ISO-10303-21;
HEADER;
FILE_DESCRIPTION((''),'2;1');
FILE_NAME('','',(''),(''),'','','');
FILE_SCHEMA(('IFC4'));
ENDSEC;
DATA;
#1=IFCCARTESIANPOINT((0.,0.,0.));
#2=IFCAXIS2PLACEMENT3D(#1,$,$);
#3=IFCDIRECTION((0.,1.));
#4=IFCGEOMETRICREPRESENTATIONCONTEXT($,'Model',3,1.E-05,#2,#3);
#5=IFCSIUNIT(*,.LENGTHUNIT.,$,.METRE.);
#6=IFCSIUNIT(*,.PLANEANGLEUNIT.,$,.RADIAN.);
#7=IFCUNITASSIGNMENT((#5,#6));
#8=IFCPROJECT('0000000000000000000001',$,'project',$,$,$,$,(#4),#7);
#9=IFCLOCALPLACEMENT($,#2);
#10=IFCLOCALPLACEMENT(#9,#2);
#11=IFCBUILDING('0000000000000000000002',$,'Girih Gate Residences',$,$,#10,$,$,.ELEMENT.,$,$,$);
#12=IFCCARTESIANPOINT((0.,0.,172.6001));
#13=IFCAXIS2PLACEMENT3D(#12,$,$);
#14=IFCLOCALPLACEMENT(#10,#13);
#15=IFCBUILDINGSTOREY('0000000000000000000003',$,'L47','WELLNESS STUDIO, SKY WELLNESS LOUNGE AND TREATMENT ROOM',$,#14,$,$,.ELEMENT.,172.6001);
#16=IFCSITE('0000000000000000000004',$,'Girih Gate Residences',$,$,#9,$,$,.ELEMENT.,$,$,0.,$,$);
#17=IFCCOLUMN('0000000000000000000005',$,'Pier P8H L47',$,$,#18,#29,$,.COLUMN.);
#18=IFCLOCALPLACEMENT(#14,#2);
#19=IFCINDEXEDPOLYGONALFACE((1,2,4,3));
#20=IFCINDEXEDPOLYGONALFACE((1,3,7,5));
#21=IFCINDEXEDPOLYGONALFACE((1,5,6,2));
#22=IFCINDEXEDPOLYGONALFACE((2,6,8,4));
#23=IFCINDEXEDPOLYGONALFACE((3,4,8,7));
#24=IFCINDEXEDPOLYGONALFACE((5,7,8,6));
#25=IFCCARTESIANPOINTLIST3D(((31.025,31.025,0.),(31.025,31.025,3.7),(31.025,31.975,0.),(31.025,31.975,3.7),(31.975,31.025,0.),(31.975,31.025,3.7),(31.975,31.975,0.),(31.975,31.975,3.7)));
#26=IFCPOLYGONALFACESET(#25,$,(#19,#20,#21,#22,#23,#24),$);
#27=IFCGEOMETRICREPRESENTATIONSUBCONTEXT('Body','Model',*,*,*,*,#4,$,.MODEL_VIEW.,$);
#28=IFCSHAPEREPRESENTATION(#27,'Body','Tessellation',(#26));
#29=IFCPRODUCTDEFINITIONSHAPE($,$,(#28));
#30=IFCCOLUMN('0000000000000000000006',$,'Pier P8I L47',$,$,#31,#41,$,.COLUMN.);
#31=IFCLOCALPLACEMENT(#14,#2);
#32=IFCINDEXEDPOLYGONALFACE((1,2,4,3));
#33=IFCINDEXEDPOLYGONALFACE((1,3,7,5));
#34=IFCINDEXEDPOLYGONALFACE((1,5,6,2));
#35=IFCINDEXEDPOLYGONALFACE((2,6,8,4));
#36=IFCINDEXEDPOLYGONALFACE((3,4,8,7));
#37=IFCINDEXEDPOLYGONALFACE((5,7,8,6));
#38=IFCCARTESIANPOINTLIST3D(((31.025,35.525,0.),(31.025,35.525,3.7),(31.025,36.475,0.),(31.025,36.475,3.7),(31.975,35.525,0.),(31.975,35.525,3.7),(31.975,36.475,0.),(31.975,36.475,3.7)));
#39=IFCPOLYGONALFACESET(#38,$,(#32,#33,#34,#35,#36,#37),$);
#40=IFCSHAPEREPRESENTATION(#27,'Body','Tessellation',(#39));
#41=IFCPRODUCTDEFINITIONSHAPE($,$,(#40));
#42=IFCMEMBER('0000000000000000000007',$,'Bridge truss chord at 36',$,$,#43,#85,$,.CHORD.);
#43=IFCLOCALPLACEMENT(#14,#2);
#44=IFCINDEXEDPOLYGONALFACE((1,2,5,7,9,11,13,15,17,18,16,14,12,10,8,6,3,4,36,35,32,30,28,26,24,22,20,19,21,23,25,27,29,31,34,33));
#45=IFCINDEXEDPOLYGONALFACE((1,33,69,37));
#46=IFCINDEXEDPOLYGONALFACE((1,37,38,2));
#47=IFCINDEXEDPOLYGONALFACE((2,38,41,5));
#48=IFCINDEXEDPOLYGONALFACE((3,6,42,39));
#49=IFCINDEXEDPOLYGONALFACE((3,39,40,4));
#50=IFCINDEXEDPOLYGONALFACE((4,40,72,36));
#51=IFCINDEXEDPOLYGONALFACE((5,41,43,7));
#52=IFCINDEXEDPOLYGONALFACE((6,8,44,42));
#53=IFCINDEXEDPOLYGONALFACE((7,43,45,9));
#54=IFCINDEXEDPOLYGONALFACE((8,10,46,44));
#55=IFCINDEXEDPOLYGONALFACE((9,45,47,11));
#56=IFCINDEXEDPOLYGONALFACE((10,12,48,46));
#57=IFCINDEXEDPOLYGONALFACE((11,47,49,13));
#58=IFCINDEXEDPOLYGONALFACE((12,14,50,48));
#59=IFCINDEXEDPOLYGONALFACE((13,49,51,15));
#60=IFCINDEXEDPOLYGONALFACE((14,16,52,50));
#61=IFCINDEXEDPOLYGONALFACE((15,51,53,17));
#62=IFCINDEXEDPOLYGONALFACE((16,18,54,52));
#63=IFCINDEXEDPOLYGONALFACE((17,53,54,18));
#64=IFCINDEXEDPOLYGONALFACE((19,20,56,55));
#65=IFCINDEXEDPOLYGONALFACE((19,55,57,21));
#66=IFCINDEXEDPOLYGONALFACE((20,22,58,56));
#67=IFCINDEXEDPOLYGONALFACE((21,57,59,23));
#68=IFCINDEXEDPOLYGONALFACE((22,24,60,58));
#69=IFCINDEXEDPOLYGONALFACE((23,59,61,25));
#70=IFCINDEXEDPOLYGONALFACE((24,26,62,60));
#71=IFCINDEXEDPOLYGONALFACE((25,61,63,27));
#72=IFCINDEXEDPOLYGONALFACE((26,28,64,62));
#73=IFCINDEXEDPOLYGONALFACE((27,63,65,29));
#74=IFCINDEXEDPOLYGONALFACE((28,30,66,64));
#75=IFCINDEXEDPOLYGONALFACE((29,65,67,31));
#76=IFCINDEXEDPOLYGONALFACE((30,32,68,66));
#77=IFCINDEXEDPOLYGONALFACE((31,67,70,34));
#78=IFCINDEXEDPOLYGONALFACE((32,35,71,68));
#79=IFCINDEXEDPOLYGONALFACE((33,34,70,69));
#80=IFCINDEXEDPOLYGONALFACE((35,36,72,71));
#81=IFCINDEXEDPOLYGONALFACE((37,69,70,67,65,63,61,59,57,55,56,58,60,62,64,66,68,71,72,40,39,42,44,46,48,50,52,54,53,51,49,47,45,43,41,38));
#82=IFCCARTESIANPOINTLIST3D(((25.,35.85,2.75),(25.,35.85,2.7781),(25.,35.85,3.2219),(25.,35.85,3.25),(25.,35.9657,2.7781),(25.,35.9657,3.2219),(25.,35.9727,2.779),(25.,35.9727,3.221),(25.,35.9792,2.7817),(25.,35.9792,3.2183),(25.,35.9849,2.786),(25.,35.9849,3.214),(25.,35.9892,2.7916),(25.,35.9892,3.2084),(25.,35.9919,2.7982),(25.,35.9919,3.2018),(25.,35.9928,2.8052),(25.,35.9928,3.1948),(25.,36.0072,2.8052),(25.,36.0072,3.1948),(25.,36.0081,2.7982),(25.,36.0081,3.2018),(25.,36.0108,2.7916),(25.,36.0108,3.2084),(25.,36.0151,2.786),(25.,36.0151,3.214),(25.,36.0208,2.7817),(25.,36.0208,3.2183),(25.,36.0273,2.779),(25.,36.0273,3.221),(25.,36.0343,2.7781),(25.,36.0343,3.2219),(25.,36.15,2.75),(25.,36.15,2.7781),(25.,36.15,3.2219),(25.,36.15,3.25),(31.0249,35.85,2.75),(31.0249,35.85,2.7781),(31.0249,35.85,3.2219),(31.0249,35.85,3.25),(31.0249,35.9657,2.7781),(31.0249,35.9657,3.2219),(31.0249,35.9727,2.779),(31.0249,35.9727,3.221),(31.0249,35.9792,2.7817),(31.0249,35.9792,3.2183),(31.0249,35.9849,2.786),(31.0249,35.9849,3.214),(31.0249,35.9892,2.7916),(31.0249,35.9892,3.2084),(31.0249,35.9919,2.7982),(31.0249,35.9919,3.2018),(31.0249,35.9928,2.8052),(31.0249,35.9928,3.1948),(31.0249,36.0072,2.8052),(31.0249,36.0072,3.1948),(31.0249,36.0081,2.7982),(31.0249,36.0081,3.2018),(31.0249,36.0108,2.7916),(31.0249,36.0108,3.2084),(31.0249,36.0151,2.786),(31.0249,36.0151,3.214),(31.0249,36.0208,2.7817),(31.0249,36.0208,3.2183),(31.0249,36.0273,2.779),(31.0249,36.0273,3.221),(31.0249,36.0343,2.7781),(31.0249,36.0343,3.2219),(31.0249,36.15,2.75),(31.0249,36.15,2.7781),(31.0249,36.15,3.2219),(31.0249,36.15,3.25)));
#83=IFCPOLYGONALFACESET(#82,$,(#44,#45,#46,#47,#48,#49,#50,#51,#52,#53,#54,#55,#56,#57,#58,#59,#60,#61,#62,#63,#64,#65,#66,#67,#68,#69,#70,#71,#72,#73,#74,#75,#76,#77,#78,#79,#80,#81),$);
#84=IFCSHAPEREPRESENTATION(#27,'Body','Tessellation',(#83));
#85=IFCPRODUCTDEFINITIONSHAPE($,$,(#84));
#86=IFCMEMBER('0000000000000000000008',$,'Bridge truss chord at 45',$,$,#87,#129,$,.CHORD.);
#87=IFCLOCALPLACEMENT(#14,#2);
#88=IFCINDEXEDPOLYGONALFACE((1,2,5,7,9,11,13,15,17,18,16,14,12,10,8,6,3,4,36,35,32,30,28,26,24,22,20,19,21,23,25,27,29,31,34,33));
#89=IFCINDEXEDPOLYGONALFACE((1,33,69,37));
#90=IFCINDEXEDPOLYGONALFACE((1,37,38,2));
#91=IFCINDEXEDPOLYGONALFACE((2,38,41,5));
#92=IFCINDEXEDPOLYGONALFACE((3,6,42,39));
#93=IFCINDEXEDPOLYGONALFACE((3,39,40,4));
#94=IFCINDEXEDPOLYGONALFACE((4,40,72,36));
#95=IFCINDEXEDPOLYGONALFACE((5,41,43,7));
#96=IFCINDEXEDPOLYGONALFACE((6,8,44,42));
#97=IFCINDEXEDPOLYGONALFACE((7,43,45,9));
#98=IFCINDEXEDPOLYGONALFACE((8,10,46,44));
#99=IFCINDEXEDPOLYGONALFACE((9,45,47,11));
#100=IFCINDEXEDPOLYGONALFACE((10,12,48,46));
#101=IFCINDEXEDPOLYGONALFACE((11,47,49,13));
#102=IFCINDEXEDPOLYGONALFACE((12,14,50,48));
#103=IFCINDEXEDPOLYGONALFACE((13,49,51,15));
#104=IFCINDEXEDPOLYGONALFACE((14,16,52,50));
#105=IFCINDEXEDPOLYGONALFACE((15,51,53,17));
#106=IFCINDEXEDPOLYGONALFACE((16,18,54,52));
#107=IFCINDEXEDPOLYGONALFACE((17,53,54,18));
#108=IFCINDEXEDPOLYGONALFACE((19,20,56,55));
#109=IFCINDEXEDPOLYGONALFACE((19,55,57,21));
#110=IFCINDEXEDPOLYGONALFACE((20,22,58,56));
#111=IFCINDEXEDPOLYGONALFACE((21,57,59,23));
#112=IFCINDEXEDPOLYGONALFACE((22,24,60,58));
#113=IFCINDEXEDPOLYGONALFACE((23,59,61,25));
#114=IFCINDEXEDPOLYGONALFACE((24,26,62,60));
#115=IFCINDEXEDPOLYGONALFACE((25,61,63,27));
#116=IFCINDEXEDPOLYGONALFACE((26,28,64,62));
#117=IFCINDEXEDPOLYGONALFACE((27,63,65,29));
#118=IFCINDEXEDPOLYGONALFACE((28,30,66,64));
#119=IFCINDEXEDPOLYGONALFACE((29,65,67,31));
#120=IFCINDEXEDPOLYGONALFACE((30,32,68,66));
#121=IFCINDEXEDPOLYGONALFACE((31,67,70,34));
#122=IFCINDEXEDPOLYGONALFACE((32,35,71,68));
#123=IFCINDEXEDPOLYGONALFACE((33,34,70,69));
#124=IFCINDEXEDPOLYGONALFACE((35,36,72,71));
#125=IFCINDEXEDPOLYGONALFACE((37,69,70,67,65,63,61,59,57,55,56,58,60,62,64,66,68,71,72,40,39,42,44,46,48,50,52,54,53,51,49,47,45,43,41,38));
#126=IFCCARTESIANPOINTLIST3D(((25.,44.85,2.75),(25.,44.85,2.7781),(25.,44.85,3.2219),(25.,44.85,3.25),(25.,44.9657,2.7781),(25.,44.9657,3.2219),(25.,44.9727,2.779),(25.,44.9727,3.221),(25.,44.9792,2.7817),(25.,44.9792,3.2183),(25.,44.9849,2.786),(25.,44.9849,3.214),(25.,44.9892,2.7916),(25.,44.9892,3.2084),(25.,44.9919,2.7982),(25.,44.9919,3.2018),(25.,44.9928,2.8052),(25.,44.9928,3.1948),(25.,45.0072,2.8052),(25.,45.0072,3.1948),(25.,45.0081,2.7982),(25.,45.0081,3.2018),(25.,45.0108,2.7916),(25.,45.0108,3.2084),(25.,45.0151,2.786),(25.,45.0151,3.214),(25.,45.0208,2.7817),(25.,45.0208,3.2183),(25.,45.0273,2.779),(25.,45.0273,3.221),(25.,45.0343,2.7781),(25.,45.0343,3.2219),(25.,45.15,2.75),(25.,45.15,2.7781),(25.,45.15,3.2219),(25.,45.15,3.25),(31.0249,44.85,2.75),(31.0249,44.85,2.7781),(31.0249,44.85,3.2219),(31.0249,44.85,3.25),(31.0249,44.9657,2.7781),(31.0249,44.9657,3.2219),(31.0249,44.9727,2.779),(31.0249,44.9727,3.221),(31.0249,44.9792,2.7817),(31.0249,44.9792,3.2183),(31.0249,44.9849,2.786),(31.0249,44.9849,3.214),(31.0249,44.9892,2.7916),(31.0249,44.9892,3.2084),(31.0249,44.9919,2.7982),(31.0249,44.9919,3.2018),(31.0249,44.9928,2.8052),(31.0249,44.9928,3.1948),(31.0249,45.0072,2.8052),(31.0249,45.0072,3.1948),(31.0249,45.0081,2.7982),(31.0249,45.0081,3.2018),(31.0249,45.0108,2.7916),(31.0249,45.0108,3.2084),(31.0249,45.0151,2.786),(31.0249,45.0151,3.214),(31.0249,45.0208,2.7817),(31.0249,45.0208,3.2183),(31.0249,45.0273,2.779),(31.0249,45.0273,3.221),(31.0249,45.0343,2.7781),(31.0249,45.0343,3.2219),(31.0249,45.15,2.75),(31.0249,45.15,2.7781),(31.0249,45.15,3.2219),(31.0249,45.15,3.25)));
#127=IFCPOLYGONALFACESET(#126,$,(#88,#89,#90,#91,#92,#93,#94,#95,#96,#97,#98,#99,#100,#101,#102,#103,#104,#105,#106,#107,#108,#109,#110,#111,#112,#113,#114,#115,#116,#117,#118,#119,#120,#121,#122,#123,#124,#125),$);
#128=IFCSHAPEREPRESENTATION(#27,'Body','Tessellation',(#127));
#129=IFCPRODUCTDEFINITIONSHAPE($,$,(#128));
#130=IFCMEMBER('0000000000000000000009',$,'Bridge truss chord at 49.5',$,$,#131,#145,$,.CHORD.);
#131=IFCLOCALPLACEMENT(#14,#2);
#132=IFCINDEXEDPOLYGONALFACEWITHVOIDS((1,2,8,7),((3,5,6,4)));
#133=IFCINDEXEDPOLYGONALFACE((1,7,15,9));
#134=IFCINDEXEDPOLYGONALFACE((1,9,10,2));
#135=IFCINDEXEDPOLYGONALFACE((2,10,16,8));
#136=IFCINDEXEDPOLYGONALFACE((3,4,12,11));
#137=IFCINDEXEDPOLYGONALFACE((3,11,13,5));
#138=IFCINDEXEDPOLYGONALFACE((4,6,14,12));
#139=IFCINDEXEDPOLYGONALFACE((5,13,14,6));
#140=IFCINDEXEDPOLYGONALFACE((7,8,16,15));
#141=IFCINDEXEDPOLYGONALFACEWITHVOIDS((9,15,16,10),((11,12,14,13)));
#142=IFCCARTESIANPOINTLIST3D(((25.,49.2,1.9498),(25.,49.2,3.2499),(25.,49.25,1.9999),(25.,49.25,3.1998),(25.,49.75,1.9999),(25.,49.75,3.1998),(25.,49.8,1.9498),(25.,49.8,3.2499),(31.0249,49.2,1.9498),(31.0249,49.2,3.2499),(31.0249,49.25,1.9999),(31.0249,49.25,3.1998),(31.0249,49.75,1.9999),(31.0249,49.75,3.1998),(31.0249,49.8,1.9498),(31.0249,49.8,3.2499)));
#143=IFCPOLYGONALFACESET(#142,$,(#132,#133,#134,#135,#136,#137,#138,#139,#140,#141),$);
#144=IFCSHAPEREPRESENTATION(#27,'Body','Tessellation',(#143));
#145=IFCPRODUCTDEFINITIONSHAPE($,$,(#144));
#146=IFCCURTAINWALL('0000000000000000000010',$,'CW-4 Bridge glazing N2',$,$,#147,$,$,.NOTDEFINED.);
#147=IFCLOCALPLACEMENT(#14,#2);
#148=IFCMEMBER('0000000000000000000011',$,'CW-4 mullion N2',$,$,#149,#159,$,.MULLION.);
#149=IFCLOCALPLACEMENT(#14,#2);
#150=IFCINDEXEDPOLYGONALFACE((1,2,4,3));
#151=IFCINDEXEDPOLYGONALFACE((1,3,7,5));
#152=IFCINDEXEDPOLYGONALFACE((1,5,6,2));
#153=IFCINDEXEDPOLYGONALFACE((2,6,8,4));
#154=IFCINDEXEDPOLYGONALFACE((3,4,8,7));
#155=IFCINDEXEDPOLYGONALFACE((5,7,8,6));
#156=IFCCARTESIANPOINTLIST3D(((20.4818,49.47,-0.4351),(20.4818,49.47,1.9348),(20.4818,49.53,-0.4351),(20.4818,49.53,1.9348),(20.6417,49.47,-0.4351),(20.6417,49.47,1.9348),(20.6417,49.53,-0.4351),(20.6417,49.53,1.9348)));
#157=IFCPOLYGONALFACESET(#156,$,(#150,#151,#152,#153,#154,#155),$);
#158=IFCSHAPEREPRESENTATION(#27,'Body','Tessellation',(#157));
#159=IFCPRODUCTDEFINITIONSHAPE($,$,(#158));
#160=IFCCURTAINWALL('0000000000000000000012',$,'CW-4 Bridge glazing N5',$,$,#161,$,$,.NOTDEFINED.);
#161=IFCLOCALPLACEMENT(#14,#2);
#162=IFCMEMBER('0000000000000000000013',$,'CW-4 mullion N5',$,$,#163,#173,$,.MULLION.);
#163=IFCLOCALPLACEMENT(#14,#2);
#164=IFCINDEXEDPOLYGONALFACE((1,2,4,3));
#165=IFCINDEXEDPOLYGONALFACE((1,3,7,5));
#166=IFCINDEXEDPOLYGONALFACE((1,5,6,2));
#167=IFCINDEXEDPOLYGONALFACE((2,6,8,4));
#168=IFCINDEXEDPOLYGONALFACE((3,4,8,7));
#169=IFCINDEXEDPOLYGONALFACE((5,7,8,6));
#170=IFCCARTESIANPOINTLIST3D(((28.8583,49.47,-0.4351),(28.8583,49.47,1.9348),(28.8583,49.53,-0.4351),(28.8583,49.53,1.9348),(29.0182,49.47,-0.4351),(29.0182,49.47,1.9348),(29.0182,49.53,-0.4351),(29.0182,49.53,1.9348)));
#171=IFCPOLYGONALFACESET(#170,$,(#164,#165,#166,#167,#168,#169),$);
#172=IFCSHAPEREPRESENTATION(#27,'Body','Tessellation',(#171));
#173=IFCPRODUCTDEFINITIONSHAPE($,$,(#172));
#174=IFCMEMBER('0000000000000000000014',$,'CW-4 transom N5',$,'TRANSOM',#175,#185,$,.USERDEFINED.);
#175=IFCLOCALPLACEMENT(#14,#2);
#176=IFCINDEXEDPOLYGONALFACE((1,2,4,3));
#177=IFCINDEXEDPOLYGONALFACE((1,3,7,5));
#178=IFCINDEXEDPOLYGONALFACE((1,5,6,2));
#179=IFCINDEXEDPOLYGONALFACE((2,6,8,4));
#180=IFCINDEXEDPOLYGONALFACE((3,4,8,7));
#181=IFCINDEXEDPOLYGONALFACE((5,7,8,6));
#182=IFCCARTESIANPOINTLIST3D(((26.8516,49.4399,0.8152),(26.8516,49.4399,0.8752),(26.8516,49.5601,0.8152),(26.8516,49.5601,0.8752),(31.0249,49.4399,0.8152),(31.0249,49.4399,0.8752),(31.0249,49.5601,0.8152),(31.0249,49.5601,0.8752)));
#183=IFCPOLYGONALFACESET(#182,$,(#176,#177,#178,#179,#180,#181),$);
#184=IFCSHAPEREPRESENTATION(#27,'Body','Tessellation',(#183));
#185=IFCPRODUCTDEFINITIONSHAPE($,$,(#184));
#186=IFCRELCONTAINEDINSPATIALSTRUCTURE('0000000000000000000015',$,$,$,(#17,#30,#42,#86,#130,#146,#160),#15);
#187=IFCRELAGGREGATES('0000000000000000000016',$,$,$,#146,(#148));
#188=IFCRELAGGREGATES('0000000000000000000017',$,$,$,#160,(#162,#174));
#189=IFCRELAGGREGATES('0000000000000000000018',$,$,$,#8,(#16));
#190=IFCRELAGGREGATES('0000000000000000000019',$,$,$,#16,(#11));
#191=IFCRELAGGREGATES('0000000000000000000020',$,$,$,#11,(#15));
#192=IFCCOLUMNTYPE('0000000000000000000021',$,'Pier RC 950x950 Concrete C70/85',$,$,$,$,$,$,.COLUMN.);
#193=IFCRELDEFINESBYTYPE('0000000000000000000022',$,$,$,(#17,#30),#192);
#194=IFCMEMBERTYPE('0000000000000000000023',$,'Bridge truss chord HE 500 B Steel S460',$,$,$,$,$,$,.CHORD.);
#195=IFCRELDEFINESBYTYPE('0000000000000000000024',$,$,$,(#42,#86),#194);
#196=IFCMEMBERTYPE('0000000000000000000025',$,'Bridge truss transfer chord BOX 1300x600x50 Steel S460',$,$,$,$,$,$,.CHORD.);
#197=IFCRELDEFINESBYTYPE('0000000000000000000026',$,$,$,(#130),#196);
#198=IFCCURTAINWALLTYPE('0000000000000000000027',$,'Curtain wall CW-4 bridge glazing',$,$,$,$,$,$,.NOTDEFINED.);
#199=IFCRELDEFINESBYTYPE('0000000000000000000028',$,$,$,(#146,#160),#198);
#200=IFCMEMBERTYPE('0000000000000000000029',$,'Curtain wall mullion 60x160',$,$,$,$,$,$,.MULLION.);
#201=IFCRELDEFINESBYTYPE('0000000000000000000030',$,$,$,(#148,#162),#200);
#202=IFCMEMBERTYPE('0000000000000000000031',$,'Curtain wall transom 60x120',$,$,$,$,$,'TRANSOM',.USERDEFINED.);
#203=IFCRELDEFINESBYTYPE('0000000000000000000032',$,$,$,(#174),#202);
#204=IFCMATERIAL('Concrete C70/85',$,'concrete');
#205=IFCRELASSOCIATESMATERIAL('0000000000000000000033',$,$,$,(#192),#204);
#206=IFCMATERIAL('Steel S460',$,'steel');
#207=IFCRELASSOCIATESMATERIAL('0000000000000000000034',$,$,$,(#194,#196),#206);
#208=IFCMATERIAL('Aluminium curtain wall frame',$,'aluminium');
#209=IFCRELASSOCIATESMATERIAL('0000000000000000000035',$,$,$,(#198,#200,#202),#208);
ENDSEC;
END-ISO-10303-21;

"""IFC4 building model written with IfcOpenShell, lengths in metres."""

from ifc_helpers import new_model, si_unit, direction, frame, origin, origin_2d, place, context, subcontext, project, spatial, rectangle, hollow_rectangle, i_section, extrude, material, material_profile, profile_set, type_object, element, aggregate, save


model = new_model("IFC4")

# Units and contexts
model_context = context("Model", 3, precision=1e-05, world=origin(), true_north=direction((0.0, 1.0)))
body_context = subcontext(model_context, "Body", "Model", "MODEL_VIEW")
ifc_project = project(units=[si_unit("LENGTHUNIT", "METRE"), si_unit("PLANEANGLEUNIT", "RADIAN")], contexts=[model_context])

# Site, building, storey
site_placement = place(None, origin())
site = spatial("IfcSite", under=ifc_project, at=site_placement, Name="Girih Gate Residences", CompositionType="ELEMENT", RefElevation=0.0)
building_placement = place(site_placement, origin())
building = spatial("IfcBuilding", under=site, at=building_placement, Name="Girih Gate Residences", CompositionType="ELEMENT")
storey_placement = place(building_placement, frame((0.0, 0.0, 172.6001)))
storey = spatial("IfcBuildingStorey", under=building, at=storey_placement, Name="L47", Description="WELLNESS STUDIO, SKY WELLNESS LOUNGE AND TREATMENT ROOM", CompositionType="ELEMENT", Elevation=172.6001)

# Columns
ifc_material_1 = material(Name="Concrete C70/85", Category="concrete")
ifc_material_profile_1 = material_profile(ifc_material_1, rectangle(XDim=0.95, YDim=0.95, at=origin_2d()))
ifc_profile_set_1 = profile_set([ifc_material_profile_1], Name="Concrete C70/85")
column_type = type_object("IfcColumnType", Name="Pier RC 950x950 Concrete C70/85", PredefinedType="COLUMN", material=ifc_profile_set_1)
for number, where, z_axis, x_axis, name in (
    (1, (31.5, 31.5, 0.0), (0.0, 0.0, 1.0), (1.0, 0.0, 0.0), "Pier P8H L47"),
    (2, (31.5, 36.0, 0.0), (0.0, 0.0, 1.0), (1.0, 0.0, 0.0), "Pier P8I L47"),
):
    element("IfcColumn", number, at=place(storey_placement, frame(where, z_axis=z_axis, x_axis=x_axis)), inside=storey, type_object=column_type, Name=name, PredefinedType="COLUMN", context=body_context, shape_type="SweptSolid", body=[
        extrude(rectangle(XDim=0.95, YDim=0.95, at=origin_2d()), origin(), (0.0, 0.0, 1.0), 3.7),
    ])

# Members
ifc_material_2 = material(Name="Steel S460", Category="steel")
ifc_material_profile_2 = material_profile(ifc_material_2, i_section(OverallWidth=0.3, OverallDepth=0.5, WebThickness=0.0144, FlangeThickness=0.0281, FilletRadius=0.0271, at=origin_2d()))
ifc_profile_set_2 = profile_set([ifc_material_profile_2], Name="Steel S460")
member_type_1 = type_object("IfcMemberType", Name="Bridge truss chord HE 500 B Steel S460", PredefinedType="CHORD", material=ifc_profile_set_2)
for number, where, z_axis, x_axis, name in (
    (3, (25.0, 36.0, 3.0), (1.0, 0.0, 0.0), (0.0, 1.0, 0.0), "Bridge truss chord at 36"),
    (4, (25.0, 45.0, 3.0), (1.0, 0.0, 0.0), (0.0, 1.0, 0.0), "Bridge truss chord at 45"),
):
    element("IfcMember", number, at=place(storey_placement, frame(where, z_axis=z_axis, x_axis=x_axis)), inside=storey, type_object=member_type_1, Name=name, PredefinedType="CHORD", context=body_context, shape_type="SweptSolid", body=[
        extrude(i_section(OverallWidth=0.3, OverallDepth=0.5, WebThickness=0.0144, FlangeThickness=0.0281, FilletRadius=0.0271, at=origin_2d()), origin(), (0.0, 0.0, 1.0), 6.0249),
    ])
ifc_material_profile_3 = material_profile(ifc_material_2, hollow_rectangle(XDim=0.6001, YDim=1.3, WallThickness=0.05, at=origin_2d()))
ifc_profile_set_3 = profile_set([ifc_material_profile_3], Name="Steel S460")
member_type_2 = type_object("IfcMemberType", Name="Bridge truss transfer chord BOX 1300x600x50 Steel S460", PredefinedType="CHORD", material=ifc_profile_set_3)
member_1_placement = place(storey_placement, frame((25.0, 49.5, 2.5999), z_axis=(1.0, 0.0, 0.0), x_axis=(0.0, 1.0, 0.0)))
element("IfcMember", 5, at=member_1_placement, inside=storey, type_object=member_type_2, Name="Bridge truss chord at 49.5", PredefinedType="CHORD", context=body_context, shape_type="SweptSolid", body=[
    extrude(hollow_rectangle(XDim=0.6001, YDim=1.3, WallThickness=0.05, at=origin_2d()), origin(), (0.0, 0.0, 1.0), 6.0249),
])

# Curtain wall, member
ifc_material_3 = material(Name="Aluminium curtain wall frame", Category="aluminium")
curtain_wall_type = type_object("IfcCurtainWallType", Name="Curtain wall CW-4 bridge glazing", PredefinedType="NOTDEFINED", material=ifc_material_3)
curtain_wall_1_placement = place(storey_placement, origin())
curtain_wall_1 = element("IfcCurtainWall", 6, at=curtain_wall_1_placement, inside=storey, type_object=curtain_wall_type, Name="CW-4 Bridge glazing N2", PredefinedType="NOTDEFINED")
ifc_material_profile_4 = material_profile(ifc_material_3, rectangle(XDim=0.0601, YDim=0.1599, at=origin_2d()))
ifc_profile_set_4 = profile_set([ifc_material_profile_4], Name="Aluminium curtain wall frame")
member_type_3 = type_object("IfcMemberType", Name="Curtain wall mullion 60x160", PredefinedType="MULLION", material=ifc_profile_set_4)
member_2_placement = place(storey_placement, frame((20.5618, 49.5, -0.4351), z_axis=(0.0, 0.0, 1.0), x_axis=(0.0, 1.0, 0.0)))
member_2 = element("IfcMember", 7, at=member_2_placement, type_object=member_type_3, Name="CW-4 mullion N2", PredefinedType="MULLION", context=body_context, shape_type="SweptSolid", body=[
    extrude(rectangle(XDim=0.0601, YDim=0.1599, at=origin_2d()), origin(), (0.0, 0.0, 1.0), 2.3699),
])

# Curtain wall, members
curtain_wall_2_placement = place(storey_placement, origin())
curtain_wall_2 = element("IfcCurtainWall", 8, at=curtain_wall_2_placement, inside=storey, type_object=curtain_wall_type, Name="CW-4 Bridge glazing N5", PredefinedType="NOTDEFINED")
member_3_placement = place(storey_placement, frame((28.9382, 49.5, -0.4351), z_axis=(0.0, 0.0, 1.0), x_axis=(0.0, 1.0, 0.0)))
member_3 = element("IfcMember", 9, at=member_3_placement, type_object=member_type_3, Name="CW-4 mullion N5", PredefinedType="MULLION", context=body_context, shape_type="SweptSolid", body=[
    extrude(rectangle(XDim=0.0601, YDim=0.1599, at=origin_2d()), origin(), (0.0, 0.0, 1.0), 2.3699),
])
ifc_material_profile_5 = material_profile(ifc_material_3, rectangle(XDim=0.1201, YDim=0.0601, at=origin_2d()))
ifc_profile_set_5 = profile_set([ifc_material_profile_5], Name="Aluminium curtain wall frame")
member_type_4 = type_object("IfcMemberType", Name="Curtain wall transom 60x120", ElementType="TRANSOM", PredefinedType="USERDEFINED", material=ifc_profile_set_5)
member_4_placement = place(storey_placement, frame((26.8516, 49.5, 0.8452), z_axis=(1.0, 0.0, 0.0), x_axis=(0.0, 1.0, 0.0)))
member_4 = element("IfcMember", 10, at=member_4_placement, type_object=member_type_4, Name="CW-4 transom N5", ObjectType="TRANSOM", PredefinedType="USERDEFINED", context=body_context, shape_type="SweptSolid", body=[
    extrude(rectangle(XDim=0.1201, YDim=0.0601, at=origin_2d()), origin(), (0.0, 0.0, 1.0), 4.1733),
])

aggregate(curtain_wall_1, [member_2])
aggregate(curtain_wall_2, [member_3, member_4])

save(model, "model.ifc")
